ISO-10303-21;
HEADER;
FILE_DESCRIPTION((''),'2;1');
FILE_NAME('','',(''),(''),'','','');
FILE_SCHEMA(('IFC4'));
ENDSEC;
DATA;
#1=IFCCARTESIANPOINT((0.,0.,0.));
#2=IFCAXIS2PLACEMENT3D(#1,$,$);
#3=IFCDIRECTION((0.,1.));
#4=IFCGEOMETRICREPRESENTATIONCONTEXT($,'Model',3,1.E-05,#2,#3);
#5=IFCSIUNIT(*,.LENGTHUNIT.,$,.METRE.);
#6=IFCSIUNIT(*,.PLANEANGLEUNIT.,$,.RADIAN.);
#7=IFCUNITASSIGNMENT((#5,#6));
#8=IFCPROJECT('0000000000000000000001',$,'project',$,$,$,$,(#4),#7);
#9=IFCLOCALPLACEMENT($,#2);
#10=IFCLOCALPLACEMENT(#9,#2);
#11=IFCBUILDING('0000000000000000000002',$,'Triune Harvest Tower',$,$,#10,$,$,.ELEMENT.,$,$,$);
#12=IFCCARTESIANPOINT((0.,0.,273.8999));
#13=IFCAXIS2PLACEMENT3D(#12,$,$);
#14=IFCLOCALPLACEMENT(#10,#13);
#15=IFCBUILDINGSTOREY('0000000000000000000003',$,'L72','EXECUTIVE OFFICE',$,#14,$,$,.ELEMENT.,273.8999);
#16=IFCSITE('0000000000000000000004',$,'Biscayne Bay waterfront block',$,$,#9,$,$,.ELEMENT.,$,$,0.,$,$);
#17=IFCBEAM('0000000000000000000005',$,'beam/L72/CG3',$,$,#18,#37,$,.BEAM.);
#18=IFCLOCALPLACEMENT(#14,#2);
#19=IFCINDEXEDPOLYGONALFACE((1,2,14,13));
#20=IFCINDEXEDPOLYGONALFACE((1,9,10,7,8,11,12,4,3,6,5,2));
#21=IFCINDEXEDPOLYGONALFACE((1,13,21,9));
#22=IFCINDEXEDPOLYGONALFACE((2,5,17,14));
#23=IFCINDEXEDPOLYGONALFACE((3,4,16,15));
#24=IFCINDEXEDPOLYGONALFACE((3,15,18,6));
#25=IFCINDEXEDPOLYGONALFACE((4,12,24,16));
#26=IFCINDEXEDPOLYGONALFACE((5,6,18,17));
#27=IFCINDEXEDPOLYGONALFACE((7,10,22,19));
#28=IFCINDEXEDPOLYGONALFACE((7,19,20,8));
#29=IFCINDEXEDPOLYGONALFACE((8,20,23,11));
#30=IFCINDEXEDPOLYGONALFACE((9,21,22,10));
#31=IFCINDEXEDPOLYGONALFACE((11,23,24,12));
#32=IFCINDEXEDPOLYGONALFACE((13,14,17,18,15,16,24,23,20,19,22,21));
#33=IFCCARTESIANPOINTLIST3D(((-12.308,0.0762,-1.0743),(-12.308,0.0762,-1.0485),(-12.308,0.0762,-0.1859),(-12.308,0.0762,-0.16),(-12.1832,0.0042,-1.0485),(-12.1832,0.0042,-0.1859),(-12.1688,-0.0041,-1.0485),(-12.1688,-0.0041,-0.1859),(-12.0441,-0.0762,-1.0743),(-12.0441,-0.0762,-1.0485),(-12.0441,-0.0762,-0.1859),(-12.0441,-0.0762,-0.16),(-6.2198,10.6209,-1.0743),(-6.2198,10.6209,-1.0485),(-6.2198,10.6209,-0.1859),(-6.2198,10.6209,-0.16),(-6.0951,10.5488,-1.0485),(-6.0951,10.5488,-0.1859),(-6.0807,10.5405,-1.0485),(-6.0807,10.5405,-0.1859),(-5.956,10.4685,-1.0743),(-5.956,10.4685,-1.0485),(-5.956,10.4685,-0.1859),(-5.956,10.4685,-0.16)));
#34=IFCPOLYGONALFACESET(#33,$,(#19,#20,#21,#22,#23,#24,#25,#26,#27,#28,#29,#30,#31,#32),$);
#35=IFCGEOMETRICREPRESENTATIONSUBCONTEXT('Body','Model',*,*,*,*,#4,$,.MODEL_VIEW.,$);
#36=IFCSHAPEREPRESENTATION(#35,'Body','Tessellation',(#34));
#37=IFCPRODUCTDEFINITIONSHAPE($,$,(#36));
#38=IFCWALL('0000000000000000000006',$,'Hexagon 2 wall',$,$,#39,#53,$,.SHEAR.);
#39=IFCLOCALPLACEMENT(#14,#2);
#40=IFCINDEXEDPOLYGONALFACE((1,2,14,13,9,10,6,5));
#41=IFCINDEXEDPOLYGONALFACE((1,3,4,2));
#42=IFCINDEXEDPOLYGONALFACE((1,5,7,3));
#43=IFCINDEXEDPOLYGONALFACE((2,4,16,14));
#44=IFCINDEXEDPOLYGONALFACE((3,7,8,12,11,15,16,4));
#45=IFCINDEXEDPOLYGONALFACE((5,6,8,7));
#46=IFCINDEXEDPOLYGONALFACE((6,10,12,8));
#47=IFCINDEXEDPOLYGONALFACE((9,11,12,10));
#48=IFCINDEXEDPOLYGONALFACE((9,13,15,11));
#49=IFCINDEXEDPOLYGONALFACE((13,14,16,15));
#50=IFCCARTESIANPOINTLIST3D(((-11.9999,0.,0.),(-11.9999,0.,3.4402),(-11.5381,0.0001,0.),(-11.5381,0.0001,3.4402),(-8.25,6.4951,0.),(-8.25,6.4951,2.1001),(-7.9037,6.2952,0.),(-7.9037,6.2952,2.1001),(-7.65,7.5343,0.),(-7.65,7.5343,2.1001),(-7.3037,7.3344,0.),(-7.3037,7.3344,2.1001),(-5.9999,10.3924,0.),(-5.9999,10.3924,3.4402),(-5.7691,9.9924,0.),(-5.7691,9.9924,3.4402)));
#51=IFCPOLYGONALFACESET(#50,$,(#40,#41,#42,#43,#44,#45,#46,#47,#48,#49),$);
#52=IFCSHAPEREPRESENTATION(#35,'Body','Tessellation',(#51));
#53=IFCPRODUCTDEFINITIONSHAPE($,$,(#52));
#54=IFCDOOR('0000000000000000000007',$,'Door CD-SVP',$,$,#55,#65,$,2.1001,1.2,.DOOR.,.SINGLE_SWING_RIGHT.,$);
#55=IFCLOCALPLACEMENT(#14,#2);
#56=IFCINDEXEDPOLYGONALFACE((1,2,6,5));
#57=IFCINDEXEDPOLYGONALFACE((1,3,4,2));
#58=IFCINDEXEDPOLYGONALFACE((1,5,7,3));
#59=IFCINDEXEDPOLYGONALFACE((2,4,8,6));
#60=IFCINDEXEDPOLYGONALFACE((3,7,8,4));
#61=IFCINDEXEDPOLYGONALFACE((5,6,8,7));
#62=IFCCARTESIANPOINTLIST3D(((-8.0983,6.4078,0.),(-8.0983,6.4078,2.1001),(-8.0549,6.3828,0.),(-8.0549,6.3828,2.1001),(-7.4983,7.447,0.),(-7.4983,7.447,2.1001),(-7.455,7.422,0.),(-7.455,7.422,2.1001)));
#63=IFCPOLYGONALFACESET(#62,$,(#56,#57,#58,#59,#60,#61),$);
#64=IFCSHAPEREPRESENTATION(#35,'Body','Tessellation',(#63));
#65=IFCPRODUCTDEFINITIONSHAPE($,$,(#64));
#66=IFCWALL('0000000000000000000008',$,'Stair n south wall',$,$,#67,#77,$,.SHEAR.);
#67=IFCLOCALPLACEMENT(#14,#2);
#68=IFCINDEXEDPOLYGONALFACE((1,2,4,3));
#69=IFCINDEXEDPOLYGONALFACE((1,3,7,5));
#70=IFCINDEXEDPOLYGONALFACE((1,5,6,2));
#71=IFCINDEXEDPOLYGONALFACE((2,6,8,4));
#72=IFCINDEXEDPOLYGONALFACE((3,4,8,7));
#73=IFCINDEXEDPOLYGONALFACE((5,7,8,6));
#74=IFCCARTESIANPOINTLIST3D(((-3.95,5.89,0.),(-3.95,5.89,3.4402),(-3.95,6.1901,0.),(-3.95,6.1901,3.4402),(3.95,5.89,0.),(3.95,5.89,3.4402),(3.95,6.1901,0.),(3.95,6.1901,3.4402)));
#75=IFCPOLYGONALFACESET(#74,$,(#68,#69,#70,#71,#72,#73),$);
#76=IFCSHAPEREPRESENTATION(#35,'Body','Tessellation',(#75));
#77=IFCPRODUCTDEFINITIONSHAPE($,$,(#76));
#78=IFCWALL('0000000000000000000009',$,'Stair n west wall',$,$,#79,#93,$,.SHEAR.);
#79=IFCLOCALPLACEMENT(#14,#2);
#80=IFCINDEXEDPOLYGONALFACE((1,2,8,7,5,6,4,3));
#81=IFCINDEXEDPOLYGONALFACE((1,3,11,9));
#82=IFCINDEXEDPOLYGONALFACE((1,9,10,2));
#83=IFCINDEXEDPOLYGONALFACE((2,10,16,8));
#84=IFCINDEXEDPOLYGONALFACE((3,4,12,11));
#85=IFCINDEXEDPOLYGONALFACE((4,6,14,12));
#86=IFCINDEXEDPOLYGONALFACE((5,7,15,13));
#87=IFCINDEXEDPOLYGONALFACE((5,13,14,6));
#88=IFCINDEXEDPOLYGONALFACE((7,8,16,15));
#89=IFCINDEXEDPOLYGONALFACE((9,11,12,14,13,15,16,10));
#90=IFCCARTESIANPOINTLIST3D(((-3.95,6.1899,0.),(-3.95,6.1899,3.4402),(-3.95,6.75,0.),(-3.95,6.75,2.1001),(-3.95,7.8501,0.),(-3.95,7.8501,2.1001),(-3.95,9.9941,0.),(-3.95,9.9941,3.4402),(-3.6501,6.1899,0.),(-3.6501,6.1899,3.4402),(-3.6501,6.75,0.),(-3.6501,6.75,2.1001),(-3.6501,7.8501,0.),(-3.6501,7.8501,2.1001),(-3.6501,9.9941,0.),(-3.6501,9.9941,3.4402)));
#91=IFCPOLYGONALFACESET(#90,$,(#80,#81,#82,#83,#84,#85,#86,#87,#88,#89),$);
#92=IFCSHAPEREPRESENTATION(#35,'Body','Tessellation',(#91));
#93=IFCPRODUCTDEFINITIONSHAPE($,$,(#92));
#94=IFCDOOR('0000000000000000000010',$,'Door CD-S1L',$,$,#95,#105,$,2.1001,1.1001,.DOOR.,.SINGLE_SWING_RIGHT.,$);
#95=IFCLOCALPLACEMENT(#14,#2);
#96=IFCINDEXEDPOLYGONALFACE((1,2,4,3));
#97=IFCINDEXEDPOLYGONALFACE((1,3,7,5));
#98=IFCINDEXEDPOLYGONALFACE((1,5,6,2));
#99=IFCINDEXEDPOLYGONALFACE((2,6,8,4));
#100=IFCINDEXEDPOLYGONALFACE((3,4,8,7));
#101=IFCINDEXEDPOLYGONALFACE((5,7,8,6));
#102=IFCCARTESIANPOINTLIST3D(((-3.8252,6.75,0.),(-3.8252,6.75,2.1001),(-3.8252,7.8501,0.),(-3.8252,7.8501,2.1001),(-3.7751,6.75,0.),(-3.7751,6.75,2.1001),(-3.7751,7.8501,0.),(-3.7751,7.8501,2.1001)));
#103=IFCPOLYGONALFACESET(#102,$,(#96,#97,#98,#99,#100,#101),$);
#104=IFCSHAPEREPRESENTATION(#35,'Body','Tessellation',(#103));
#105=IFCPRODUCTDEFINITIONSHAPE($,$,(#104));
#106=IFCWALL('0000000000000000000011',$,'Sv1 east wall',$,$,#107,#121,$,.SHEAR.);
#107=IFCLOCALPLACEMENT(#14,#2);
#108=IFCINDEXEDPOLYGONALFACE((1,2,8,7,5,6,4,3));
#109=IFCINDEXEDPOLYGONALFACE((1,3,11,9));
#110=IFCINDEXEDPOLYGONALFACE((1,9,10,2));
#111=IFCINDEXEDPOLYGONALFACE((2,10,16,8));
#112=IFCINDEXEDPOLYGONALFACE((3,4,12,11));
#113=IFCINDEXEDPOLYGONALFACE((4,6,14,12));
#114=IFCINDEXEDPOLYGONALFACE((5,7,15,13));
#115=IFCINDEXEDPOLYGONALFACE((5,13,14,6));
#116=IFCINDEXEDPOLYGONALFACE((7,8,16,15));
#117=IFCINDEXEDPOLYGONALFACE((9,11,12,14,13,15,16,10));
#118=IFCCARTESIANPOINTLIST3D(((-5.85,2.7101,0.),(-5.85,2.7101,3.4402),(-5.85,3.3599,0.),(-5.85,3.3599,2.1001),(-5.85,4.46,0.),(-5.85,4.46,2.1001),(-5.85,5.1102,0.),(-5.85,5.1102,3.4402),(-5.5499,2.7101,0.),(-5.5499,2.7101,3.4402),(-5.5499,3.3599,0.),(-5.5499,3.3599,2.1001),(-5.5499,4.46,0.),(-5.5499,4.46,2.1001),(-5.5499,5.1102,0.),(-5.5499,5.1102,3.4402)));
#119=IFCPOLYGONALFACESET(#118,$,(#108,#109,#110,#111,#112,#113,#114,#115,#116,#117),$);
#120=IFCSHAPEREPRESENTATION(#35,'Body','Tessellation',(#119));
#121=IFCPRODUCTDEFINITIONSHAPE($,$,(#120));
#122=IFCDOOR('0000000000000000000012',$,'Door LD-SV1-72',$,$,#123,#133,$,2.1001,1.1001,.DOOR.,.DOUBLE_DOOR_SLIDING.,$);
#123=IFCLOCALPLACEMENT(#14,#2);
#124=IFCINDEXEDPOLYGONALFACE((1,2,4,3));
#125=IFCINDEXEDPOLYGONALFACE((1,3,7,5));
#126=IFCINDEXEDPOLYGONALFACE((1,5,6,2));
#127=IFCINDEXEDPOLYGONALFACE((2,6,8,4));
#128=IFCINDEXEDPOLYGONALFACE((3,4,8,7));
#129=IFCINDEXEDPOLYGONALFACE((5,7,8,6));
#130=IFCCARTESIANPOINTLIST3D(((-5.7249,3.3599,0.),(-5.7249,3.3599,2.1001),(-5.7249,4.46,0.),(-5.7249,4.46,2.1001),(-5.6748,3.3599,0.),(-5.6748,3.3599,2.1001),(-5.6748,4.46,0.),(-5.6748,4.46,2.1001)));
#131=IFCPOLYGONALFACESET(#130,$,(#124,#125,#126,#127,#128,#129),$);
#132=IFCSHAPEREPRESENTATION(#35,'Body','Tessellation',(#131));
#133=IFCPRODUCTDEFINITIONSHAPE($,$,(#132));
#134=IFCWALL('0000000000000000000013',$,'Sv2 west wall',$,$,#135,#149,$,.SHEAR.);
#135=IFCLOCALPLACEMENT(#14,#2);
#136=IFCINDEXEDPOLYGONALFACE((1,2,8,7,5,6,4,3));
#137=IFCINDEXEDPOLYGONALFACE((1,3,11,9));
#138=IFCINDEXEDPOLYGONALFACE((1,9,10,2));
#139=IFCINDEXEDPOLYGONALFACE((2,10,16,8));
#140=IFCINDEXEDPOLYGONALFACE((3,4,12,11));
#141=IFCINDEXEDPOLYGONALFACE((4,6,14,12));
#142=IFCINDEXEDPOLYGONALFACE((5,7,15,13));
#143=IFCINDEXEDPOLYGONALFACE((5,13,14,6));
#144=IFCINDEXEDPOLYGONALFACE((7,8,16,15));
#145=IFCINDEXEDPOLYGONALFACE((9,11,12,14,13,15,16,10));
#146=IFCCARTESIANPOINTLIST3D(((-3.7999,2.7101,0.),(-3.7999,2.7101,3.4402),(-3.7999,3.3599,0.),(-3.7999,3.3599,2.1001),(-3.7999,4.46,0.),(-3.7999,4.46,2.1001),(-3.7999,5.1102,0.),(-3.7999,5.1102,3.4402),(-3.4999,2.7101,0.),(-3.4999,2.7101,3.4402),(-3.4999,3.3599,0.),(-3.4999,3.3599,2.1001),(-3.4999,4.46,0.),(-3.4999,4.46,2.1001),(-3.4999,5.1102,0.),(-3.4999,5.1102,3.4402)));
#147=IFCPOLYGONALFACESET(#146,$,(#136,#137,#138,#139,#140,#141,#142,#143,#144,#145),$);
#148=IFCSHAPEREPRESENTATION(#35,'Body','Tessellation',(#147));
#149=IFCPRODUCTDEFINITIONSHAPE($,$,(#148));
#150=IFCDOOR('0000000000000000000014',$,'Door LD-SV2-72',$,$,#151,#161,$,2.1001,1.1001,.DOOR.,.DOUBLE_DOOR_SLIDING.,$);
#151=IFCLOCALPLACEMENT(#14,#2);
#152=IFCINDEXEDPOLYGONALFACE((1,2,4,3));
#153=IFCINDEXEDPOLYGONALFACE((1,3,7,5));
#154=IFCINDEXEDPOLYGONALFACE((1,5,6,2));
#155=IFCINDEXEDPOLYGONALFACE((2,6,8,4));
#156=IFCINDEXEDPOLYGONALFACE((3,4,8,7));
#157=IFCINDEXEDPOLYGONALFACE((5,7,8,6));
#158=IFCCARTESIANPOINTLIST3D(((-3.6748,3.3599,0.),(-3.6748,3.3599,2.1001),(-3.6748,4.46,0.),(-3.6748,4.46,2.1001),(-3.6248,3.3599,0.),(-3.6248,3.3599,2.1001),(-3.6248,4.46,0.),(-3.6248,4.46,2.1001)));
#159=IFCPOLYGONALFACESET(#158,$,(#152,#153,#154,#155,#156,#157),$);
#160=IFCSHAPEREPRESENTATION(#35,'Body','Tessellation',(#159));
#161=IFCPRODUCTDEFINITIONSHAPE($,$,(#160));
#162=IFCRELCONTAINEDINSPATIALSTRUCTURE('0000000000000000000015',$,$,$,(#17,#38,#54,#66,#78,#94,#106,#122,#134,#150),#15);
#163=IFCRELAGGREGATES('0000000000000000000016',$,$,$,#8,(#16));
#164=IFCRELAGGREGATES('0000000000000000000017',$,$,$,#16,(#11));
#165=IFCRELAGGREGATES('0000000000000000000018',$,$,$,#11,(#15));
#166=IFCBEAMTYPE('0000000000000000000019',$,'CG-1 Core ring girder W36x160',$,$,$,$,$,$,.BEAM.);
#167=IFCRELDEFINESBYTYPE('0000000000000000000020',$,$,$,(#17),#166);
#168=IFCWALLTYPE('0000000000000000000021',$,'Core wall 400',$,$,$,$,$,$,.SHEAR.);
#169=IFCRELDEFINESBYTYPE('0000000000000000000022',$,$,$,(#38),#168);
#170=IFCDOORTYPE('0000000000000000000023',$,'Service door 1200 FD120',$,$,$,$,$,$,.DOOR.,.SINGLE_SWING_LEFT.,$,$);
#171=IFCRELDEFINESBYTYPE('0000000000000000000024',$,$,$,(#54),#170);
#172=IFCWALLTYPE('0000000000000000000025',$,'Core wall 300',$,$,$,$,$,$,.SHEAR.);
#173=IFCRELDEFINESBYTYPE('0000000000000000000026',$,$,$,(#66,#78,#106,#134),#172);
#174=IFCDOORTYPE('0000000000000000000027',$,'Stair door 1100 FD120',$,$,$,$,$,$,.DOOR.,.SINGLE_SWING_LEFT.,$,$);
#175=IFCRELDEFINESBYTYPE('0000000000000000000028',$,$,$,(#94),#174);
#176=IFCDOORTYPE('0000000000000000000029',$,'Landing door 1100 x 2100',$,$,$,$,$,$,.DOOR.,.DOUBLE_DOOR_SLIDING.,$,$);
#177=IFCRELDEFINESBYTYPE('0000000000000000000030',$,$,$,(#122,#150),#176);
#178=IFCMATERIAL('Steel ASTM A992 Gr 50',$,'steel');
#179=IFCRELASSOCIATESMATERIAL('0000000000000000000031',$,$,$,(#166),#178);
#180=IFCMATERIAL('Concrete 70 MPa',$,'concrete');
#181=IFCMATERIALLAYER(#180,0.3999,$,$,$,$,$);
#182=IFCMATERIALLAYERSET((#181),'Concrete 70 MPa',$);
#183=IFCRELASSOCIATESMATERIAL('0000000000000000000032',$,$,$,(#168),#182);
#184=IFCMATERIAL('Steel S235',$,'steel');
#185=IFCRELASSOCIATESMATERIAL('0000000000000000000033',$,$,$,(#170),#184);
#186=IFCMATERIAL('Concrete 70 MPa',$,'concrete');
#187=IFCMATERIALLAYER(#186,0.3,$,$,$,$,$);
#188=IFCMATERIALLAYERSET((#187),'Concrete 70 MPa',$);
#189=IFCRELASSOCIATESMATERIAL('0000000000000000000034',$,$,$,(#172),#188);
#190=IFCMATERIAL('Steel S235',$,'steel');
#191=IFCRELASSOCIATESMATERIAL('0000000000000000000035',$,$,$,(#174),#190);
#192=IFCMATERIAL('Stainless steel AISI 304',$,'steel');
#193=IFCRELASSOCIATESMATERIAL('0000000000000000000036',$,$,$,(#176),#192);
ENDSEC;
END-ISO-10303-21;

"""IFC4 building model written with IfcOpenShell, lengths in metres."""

from ifc_helpers import new_model, si_unit, direction, frame, frame_2d, origin, origin_2d, place, context, subcontext, project, spatial, polyline, rectangle, i_section, outline, extrude, source, transform, mapped, material, layer, layer_set, material_profile, profile_set, type_object, element, fill, save


model = new_model("IFC4")

# Units and contexts
model_context = context("Model", 3, precision=1e-05, world=origin(), true_north=direction((0.0, 1.0)))
body_context = subcontext(model_context, "Body", "Model", "MODEL_VIEW")
ifc_project = project(units=[si_unit("LENGTHUNIT", "METRE"), si_unit("PLANEANGLEUNIT", "RADIAN")], contexts=[model_context])

# Site, building, storey
site_placement = place(None, origin())
site = spatial("IfcSite", under=ifc_project, at=site_placement, Name="Biscayne Bay waterfront block", CompositionType="ELEMENT", RefElevation=0.0)
building_placement = place(site_placement, origin())
building = spatial("IfcBuilding", under=site, at=building_placement, Name="Triune Harvest Tower", CompositionType="ELEMENT")
storey_placement = place(building_placement, frame((0.0, 0.0, 273.8999)))
storey = spatial("IfcBuildingStorey", under=building, at=storey_placement, Name="L72", Description="EXECUTIVE OFFICE", CompositionType="ELEMENT", Elevation=273.8999)

# Beam
ifc_material_1 = material(Name="Steel ASTM A992 Gr 50", Category="steel")
ifc_material_profile = material_profile(ifc_material_1, i_section(OverallWidth=0.3047, OverallDepth=0.9143, WebThickness=0.0166, FlangeThickness=0.0259, at=origin_2d()), Name="W36x160")
ifc_profile_set = profile_set([ifc_material_profile], Name="Steel ASTM A992 Gr 50")
beam_type = type_object("IfcBeamType", Name="CG-1 Core ring girder W36x160", PredefinedType="BEAM", material=ifc_profile_set)
shared_shape_1 = source(origin(), body_context, "Body", "SweptSolid", [
    extrude(i_section(OverallWidth=0.3047, OverallDepth=0.9143, WebThickness=0.0166, FlangeThickness=0.0259, at=origin_2d()), origin(), (0.0, 0.0, 1.0), 12.176),
])
beam_placement = place(storey_placement, frame((-6.0879, 10.5447, -0.6172), z_axis=(-0.50001, -0.86602, 0.0), x_axis=(0.86602, -0.50001, 0.0)))
element("IfcBeam", 1, at=beam_placement, inside=storey, type_object=beam_type, Name="beam/L72/CG3", PredefinedType="BEAM", context=body_context, shape_type="MappedRepresentation", body=[
    mapped(shared_shape_1, transform((0.0, 0.0, 0.0), scale=1.0)),
])

# Wall, opening, door
ifc_material_2 = material(Name="Concrete 70 MPa", Category="concrete")
ifc_layer_1 = layer(ifc_material_2, 0.3999)
ifc_layer_set_1 = layer_set([ifc_layer_1], Name="Concrete 70 MPa")
wall_type_1 = type_object("IfcWallType", Name="Core wall 400", PredefinedType="SHEAR", material=ifc_layer_set_1)
shared_shape_2 = source(origin(), body_context, "Body", "SweptSolid", [
    extrude(outline(polyline([(-0.1155, -0.2), (11.8845, -0.2), (11.6536, 0.2), (0.1155, 0.2), (-0.1155, -0.2)])), origin(), (0.0, 0.0, 1.0), 3.4402),
])
wall_1_placement = place(storey_placement, frame((-5.8845, 10.1924, 0.0), z_axis=(0.0, 0.0, 1.0), x_axis=(-0.499997, -0.866027, 0.0)))
wall_1 = element("IfcWall", 2, at=wall_1_placement, inside=storey, type_object=wall_type_1, Name="Hexagon 2 wall", PredefinedType="SHEAR", context=body_context, shape_type="MappedRepresentation", body=[
    mapped(shared_shape_2, transform((0.0, 0.0, 0.0), scale=1.0)),
])
opening_1_placement = place(wall_1_placement, frame((3.1846, 0.0, 0.0)))
opening_1 = element("IfcOpeningElement", 3, at=opening_1_placement, cuts=wall_1, PredefinedType="OPENING", context=body_context, shape_type="SweptSolid", body=[
    extrude(rectangle(XDim=1.2, YDim=2.1001, at=frame_2d((0.6001, 1.05))), frame((0.0, 0.21, 0.0), z_axis=(0.0, -1.0, 0.0), x_axis=(1.0, 0.0, 0.0)), (0.0, 0.0, 1.0), 0.4199),
])
ifc_material_3 = material(Name="Steel S235", Category="steel")
door_type_1 = type_object("IfcDoorType", Name="Service door 1200 FD120", OperationType="SINGLE_SWING_LEFT", PredefinedType="DOOR", material=ifc_material_3)
door_1_placement = place(opening_1_placement, frame((1.2, 0.0, 0.0), z_axis=(0.0, 0.0, 1.0), x_axis=(-1.0, 0.0, 0.0)))
door_1 = element("IfcDoor", 4, at=door_1_placement, inside=storey, type_object=door_type_1, Name="Door CD-SVP", OperationType="SINGLE_SWING_RIGHT", OverallHeight=2.1001, OverallWidth=1.2, PredefinedType="DOOR", context=body_context, shape_type="SweptSolid", body=[
    extrude(rectangle(XDim=1.2, YDim=2.1001, at=frame_2d((0.6001, 1.05))), frame((0.0, 0.0249, 0.0), z_axis=(0.0, -1.0, 0.0), x_axis=(1.0, 0.0, 0.0)), (0.0, 0.0, 1.0), 0.05),
])
fill(opening_1, door_1)

# Wall
ifc_material_4 = material(Name="Concrete 70 MPa", Category="concrete")
ifc_layer_2 = layer(ifc_material_4, 0.3)
ifc_layer_set_2 = layer_set([ifc_layer_2], Name="Concrete 70 MPa")
wall_type_2 = type_object("IfcWallType", Name="Core wall 300", PredefinedType="SHEAR", material=ifc_layer_set_2)
shared_shape_3 = source(origin(), body_context, "Body", "SweptSolid", [
    extrude(rectangle(XDim=7.8999, YDim=0.3, at=frame_2d((3.95, 0.0))), origin(), (0.0, 0.0, 1.0), 3.4402),
])
wall_2_placement = place(storey_placement, frame((-3.95, 6.04, 0.0), z_axis=(0.0, 0.0, 1.0), x_axis=(1.0, 0.0, 0.0)))
element("IfcWall", 5, at=wall_2_placement, inside=storey, type_object=wall_type_2, Name="Stair n south wall", PredefinedType="SHEAR", context=body_context, shape_type="MappedRepresentation", body=[
    mapped(shared_shape_3, transform((0.0, 0.0, 0.0), scale=1.0)),
])

# Walls, openings, doors
shared_shape_4 = source(origin(), body_context, "Body", "SweptSolid", [
    extrude(outline(polyline([(0.0, -0.1499), (0.0, 0.1499), (3.8042, 0.1499), (3.8042, -0.1499), (0.0, -0.1499)])), origin(), (0.0, 0.0, 1.0), 3.4402),
])
wall_3_placement = place(storey_placement, frame((-3.8, 6.1899, 0.0), z_axis=(0.0, 0.0, 1.0), x_axis=(0.0, 1.0, 0.0)))
wall_3 = element("IfcWall", 6, at=wall_3_placement, inside=storey, type_object=wall_type_2, Name="Stair n west wall", PredefinedType="SHEAR", context=body_context, shape_type="MappedRepresentation", body=[
    mapped(shared_shape_4, transform((0.0, 0.0, 0.0), scale=1.0)),
])
opening_2_placement = place(wall_3_placement, frame((0.5601, 0.0, 0.0)))
opening_2 = element("IfcOpeningElement", 7, at=opening_2_placement, cuts=wall_3, PredefinedType="OPENING", context=body_context, shape_type="SweptSolid", body=[
    extrude(rectangle(XDim=1.1001, YDim=2.1001, at=frame_2d((0.55, 1.05))), frame((0.0, 0.1602, 0.0), z_axis=(0.0, -1.0, 0.0), x_axis=(1.0, 0.0, 0.0)), (0.0, 0.0, 1.0), 0.3201),
])
ifc_material_5 = material(Name="Steel S235", Category="steel")
door_type_2 = type_object("IfcDoorType", Name="Stair door 1100 FD120", OperationType="SINGLE_SWING_LEFT", PredefinedType="DOOR", material=ifc_material_5)
door_2_placement = place(opening_2_placement, frame((1.1001, 0.0, 0.0), z_axis=(0.0, 0.0, 1.0), x_axis=(-1.0, 0.0, 0.0)))
door_2 = element("IfcDoor", 8, at=door_2_placement, inside=storey, type_object=door_type_2, Name="Door CD-S1L", OperationType="SINGLE_SWING_RIGHT", OverallHeight=2.1001, OverallWidth=1.1001, PredefinedType="DOOR", context=body_context, shape_type="SweptSolid", body=[
    extrude(rectangle(XDim=1.1001, YDim=2.1001, at=frame_2d((0.55, 1.05))), frame((0.0, 0.0249, 0.0), z_axis=(0.0, -1.0, 0.0), x_axis=(1.0, 0.0, 0.0)), (0.0, 0.0, 1.0), 0.05),
])
fill(opening_2, door_2)
shared_shape_5 = source(origin(), body_context, "Body", "SweptSolid", [
    extrude(rectangle(XDim=2.4001, YDim=0.3, at=frame_2d((1.2002, 0.0))), origin(), (0.0, 0.0, 1.0), 3.4402),
])
wall_4_placement = place(storey_placement, frame((-5.7, 2.71, 0.0), z_axis=(0.0, 0.0, 1.0), x_axis=(0.0, 1.0, 0.0)))
wall_4 = element("IfcWall", 9, at=wall_4_placement, inside=storey, type_object=wall_type_2, Name="Sv1 east wall", PredefinedType="SHEAR", context=body_context, shape_type="MappedRepresentation", body=[
    mapped(shared_shape_5, transform((0.0, 0.0, 0.0), scale=1.0)),
])
opening_3_placement = place(wall_4_placement, frame((0.6499, 0.0, 0.0)))
opening_3 = element("IfcOpeningElement", 10, at=opening_3_placement, cuts=wall_4, PredefinedType="OPENING", context=body_context, shape_type="SweptSolid", body=[
    extrude(rectangle(XDim=1.1001, YDim=2.1001, at=frame_2d((0.55, 1.05))), frame((0.0, 0.1602, 0.0), z_axis=(0.0, -1.0, 0.0), x_axis=(1.0, 0.0, 0.0)), (0.0, 0.0, 1.0), 0.3201),
])
ifc_material_6 = material(Name="Stainless steel AISI 304", Category="steel")
door_type_3 = type_object("IfcDoorType", Name="Landing door 1100 x 2100", OperationType="DOUBLE_DOOR_SLIDING", PredefinedType="DOOR", material=ifc_material_6)
door_3_placement = place(opening_3_placement, origin())
door_3 = element("IfcDoor", 11, at=door_3_placement, inside=storey, type_object=door_type_3, Name="Door LD-SV1-72", OperationType="DOUBLE_DOOR_SLIDING", OverallHeight=2.1001, OverallWidth=1.1001, PredefinedType="DOOR", context=body_context, shape_type="SweptSolid", body=[
    extrude(rectangle(XDim=1.1001, YDim=2.1001, at=frame_2d((0.55, 1.05))), frame((0.0, 0.0249, 0.0), z_axis=(0.0, -1.0, 0.0), x_axis=(1.0, 0.0, 0.0)), (0.0, 0.0, 1.0), 0.05),
])
fill(opening_3, door_3)
wall_5_placement = place(storey_placement, frame((-3.6499, 2.71, 0.0), z_axis=(0.0, 0.0, 1.0), x_axis=(0.0, 1.0, 0.0)))
wall_5 = element("IfcWall", 12, at=wall_5_placement, inside=storey, type_object=wall_type_2, Name="Sv2 west wall", PredefinedType="SHEAR", context=body_context, shape_type="MappedRepresentation", body=[
    mapped(shared_shape_5, transform((0.0, 0.0, 0.0), scale=1.0)),
])
opening_4_placement = place(wall_5_placement, frame((0.6499, 0.0, 0.0)))
opening_4 = element("IfcOpeningElement", 13, at=opening_4_placement, cuts=wall_5, PredefinedType="OPENING", context=body_context, shape_type="SweptSolid", body=[
    extrude(rectangle(XDim=1.1001, YDim=2.1001, at=frame_2d((0.55, 1.05))), frame((0.0, 0.1602, 0.0), z_axis=(0.0, -1.0, 0.0), x_axis=(1.0, 0.0, 0.0)), (0.0, 0.0, 1.0), 0.3201),
])
door_4_placement = place(opening_4_placement, origin())
door_4 = element("IfcDoor", 14, at=door_4_placement, inside=storey, type_object=door_type_3, Name="Door LD-SV2-72", OperationType="DOUBLE_DOOR_SLIDING", OverallHeight=2.1001, OverallWidth=1.1001, PredefinedType="DOOR", context=body_context, shape_type="SweptSolid", body=[
    extrude(rectangle(XDim=1.1001, YDim=2.1001, at=frame_2d((0.55, 1.05))), frame((0.0, 0.0249, 0.0), z_axis=(0.0, -1.0, 0.0), x_axis=(1.0, 0.0, 0.0)), (0.0, 0.0, 1.0), 0.05),
])
fill(opening_4, door_4)

save(model, "model.ifc")
